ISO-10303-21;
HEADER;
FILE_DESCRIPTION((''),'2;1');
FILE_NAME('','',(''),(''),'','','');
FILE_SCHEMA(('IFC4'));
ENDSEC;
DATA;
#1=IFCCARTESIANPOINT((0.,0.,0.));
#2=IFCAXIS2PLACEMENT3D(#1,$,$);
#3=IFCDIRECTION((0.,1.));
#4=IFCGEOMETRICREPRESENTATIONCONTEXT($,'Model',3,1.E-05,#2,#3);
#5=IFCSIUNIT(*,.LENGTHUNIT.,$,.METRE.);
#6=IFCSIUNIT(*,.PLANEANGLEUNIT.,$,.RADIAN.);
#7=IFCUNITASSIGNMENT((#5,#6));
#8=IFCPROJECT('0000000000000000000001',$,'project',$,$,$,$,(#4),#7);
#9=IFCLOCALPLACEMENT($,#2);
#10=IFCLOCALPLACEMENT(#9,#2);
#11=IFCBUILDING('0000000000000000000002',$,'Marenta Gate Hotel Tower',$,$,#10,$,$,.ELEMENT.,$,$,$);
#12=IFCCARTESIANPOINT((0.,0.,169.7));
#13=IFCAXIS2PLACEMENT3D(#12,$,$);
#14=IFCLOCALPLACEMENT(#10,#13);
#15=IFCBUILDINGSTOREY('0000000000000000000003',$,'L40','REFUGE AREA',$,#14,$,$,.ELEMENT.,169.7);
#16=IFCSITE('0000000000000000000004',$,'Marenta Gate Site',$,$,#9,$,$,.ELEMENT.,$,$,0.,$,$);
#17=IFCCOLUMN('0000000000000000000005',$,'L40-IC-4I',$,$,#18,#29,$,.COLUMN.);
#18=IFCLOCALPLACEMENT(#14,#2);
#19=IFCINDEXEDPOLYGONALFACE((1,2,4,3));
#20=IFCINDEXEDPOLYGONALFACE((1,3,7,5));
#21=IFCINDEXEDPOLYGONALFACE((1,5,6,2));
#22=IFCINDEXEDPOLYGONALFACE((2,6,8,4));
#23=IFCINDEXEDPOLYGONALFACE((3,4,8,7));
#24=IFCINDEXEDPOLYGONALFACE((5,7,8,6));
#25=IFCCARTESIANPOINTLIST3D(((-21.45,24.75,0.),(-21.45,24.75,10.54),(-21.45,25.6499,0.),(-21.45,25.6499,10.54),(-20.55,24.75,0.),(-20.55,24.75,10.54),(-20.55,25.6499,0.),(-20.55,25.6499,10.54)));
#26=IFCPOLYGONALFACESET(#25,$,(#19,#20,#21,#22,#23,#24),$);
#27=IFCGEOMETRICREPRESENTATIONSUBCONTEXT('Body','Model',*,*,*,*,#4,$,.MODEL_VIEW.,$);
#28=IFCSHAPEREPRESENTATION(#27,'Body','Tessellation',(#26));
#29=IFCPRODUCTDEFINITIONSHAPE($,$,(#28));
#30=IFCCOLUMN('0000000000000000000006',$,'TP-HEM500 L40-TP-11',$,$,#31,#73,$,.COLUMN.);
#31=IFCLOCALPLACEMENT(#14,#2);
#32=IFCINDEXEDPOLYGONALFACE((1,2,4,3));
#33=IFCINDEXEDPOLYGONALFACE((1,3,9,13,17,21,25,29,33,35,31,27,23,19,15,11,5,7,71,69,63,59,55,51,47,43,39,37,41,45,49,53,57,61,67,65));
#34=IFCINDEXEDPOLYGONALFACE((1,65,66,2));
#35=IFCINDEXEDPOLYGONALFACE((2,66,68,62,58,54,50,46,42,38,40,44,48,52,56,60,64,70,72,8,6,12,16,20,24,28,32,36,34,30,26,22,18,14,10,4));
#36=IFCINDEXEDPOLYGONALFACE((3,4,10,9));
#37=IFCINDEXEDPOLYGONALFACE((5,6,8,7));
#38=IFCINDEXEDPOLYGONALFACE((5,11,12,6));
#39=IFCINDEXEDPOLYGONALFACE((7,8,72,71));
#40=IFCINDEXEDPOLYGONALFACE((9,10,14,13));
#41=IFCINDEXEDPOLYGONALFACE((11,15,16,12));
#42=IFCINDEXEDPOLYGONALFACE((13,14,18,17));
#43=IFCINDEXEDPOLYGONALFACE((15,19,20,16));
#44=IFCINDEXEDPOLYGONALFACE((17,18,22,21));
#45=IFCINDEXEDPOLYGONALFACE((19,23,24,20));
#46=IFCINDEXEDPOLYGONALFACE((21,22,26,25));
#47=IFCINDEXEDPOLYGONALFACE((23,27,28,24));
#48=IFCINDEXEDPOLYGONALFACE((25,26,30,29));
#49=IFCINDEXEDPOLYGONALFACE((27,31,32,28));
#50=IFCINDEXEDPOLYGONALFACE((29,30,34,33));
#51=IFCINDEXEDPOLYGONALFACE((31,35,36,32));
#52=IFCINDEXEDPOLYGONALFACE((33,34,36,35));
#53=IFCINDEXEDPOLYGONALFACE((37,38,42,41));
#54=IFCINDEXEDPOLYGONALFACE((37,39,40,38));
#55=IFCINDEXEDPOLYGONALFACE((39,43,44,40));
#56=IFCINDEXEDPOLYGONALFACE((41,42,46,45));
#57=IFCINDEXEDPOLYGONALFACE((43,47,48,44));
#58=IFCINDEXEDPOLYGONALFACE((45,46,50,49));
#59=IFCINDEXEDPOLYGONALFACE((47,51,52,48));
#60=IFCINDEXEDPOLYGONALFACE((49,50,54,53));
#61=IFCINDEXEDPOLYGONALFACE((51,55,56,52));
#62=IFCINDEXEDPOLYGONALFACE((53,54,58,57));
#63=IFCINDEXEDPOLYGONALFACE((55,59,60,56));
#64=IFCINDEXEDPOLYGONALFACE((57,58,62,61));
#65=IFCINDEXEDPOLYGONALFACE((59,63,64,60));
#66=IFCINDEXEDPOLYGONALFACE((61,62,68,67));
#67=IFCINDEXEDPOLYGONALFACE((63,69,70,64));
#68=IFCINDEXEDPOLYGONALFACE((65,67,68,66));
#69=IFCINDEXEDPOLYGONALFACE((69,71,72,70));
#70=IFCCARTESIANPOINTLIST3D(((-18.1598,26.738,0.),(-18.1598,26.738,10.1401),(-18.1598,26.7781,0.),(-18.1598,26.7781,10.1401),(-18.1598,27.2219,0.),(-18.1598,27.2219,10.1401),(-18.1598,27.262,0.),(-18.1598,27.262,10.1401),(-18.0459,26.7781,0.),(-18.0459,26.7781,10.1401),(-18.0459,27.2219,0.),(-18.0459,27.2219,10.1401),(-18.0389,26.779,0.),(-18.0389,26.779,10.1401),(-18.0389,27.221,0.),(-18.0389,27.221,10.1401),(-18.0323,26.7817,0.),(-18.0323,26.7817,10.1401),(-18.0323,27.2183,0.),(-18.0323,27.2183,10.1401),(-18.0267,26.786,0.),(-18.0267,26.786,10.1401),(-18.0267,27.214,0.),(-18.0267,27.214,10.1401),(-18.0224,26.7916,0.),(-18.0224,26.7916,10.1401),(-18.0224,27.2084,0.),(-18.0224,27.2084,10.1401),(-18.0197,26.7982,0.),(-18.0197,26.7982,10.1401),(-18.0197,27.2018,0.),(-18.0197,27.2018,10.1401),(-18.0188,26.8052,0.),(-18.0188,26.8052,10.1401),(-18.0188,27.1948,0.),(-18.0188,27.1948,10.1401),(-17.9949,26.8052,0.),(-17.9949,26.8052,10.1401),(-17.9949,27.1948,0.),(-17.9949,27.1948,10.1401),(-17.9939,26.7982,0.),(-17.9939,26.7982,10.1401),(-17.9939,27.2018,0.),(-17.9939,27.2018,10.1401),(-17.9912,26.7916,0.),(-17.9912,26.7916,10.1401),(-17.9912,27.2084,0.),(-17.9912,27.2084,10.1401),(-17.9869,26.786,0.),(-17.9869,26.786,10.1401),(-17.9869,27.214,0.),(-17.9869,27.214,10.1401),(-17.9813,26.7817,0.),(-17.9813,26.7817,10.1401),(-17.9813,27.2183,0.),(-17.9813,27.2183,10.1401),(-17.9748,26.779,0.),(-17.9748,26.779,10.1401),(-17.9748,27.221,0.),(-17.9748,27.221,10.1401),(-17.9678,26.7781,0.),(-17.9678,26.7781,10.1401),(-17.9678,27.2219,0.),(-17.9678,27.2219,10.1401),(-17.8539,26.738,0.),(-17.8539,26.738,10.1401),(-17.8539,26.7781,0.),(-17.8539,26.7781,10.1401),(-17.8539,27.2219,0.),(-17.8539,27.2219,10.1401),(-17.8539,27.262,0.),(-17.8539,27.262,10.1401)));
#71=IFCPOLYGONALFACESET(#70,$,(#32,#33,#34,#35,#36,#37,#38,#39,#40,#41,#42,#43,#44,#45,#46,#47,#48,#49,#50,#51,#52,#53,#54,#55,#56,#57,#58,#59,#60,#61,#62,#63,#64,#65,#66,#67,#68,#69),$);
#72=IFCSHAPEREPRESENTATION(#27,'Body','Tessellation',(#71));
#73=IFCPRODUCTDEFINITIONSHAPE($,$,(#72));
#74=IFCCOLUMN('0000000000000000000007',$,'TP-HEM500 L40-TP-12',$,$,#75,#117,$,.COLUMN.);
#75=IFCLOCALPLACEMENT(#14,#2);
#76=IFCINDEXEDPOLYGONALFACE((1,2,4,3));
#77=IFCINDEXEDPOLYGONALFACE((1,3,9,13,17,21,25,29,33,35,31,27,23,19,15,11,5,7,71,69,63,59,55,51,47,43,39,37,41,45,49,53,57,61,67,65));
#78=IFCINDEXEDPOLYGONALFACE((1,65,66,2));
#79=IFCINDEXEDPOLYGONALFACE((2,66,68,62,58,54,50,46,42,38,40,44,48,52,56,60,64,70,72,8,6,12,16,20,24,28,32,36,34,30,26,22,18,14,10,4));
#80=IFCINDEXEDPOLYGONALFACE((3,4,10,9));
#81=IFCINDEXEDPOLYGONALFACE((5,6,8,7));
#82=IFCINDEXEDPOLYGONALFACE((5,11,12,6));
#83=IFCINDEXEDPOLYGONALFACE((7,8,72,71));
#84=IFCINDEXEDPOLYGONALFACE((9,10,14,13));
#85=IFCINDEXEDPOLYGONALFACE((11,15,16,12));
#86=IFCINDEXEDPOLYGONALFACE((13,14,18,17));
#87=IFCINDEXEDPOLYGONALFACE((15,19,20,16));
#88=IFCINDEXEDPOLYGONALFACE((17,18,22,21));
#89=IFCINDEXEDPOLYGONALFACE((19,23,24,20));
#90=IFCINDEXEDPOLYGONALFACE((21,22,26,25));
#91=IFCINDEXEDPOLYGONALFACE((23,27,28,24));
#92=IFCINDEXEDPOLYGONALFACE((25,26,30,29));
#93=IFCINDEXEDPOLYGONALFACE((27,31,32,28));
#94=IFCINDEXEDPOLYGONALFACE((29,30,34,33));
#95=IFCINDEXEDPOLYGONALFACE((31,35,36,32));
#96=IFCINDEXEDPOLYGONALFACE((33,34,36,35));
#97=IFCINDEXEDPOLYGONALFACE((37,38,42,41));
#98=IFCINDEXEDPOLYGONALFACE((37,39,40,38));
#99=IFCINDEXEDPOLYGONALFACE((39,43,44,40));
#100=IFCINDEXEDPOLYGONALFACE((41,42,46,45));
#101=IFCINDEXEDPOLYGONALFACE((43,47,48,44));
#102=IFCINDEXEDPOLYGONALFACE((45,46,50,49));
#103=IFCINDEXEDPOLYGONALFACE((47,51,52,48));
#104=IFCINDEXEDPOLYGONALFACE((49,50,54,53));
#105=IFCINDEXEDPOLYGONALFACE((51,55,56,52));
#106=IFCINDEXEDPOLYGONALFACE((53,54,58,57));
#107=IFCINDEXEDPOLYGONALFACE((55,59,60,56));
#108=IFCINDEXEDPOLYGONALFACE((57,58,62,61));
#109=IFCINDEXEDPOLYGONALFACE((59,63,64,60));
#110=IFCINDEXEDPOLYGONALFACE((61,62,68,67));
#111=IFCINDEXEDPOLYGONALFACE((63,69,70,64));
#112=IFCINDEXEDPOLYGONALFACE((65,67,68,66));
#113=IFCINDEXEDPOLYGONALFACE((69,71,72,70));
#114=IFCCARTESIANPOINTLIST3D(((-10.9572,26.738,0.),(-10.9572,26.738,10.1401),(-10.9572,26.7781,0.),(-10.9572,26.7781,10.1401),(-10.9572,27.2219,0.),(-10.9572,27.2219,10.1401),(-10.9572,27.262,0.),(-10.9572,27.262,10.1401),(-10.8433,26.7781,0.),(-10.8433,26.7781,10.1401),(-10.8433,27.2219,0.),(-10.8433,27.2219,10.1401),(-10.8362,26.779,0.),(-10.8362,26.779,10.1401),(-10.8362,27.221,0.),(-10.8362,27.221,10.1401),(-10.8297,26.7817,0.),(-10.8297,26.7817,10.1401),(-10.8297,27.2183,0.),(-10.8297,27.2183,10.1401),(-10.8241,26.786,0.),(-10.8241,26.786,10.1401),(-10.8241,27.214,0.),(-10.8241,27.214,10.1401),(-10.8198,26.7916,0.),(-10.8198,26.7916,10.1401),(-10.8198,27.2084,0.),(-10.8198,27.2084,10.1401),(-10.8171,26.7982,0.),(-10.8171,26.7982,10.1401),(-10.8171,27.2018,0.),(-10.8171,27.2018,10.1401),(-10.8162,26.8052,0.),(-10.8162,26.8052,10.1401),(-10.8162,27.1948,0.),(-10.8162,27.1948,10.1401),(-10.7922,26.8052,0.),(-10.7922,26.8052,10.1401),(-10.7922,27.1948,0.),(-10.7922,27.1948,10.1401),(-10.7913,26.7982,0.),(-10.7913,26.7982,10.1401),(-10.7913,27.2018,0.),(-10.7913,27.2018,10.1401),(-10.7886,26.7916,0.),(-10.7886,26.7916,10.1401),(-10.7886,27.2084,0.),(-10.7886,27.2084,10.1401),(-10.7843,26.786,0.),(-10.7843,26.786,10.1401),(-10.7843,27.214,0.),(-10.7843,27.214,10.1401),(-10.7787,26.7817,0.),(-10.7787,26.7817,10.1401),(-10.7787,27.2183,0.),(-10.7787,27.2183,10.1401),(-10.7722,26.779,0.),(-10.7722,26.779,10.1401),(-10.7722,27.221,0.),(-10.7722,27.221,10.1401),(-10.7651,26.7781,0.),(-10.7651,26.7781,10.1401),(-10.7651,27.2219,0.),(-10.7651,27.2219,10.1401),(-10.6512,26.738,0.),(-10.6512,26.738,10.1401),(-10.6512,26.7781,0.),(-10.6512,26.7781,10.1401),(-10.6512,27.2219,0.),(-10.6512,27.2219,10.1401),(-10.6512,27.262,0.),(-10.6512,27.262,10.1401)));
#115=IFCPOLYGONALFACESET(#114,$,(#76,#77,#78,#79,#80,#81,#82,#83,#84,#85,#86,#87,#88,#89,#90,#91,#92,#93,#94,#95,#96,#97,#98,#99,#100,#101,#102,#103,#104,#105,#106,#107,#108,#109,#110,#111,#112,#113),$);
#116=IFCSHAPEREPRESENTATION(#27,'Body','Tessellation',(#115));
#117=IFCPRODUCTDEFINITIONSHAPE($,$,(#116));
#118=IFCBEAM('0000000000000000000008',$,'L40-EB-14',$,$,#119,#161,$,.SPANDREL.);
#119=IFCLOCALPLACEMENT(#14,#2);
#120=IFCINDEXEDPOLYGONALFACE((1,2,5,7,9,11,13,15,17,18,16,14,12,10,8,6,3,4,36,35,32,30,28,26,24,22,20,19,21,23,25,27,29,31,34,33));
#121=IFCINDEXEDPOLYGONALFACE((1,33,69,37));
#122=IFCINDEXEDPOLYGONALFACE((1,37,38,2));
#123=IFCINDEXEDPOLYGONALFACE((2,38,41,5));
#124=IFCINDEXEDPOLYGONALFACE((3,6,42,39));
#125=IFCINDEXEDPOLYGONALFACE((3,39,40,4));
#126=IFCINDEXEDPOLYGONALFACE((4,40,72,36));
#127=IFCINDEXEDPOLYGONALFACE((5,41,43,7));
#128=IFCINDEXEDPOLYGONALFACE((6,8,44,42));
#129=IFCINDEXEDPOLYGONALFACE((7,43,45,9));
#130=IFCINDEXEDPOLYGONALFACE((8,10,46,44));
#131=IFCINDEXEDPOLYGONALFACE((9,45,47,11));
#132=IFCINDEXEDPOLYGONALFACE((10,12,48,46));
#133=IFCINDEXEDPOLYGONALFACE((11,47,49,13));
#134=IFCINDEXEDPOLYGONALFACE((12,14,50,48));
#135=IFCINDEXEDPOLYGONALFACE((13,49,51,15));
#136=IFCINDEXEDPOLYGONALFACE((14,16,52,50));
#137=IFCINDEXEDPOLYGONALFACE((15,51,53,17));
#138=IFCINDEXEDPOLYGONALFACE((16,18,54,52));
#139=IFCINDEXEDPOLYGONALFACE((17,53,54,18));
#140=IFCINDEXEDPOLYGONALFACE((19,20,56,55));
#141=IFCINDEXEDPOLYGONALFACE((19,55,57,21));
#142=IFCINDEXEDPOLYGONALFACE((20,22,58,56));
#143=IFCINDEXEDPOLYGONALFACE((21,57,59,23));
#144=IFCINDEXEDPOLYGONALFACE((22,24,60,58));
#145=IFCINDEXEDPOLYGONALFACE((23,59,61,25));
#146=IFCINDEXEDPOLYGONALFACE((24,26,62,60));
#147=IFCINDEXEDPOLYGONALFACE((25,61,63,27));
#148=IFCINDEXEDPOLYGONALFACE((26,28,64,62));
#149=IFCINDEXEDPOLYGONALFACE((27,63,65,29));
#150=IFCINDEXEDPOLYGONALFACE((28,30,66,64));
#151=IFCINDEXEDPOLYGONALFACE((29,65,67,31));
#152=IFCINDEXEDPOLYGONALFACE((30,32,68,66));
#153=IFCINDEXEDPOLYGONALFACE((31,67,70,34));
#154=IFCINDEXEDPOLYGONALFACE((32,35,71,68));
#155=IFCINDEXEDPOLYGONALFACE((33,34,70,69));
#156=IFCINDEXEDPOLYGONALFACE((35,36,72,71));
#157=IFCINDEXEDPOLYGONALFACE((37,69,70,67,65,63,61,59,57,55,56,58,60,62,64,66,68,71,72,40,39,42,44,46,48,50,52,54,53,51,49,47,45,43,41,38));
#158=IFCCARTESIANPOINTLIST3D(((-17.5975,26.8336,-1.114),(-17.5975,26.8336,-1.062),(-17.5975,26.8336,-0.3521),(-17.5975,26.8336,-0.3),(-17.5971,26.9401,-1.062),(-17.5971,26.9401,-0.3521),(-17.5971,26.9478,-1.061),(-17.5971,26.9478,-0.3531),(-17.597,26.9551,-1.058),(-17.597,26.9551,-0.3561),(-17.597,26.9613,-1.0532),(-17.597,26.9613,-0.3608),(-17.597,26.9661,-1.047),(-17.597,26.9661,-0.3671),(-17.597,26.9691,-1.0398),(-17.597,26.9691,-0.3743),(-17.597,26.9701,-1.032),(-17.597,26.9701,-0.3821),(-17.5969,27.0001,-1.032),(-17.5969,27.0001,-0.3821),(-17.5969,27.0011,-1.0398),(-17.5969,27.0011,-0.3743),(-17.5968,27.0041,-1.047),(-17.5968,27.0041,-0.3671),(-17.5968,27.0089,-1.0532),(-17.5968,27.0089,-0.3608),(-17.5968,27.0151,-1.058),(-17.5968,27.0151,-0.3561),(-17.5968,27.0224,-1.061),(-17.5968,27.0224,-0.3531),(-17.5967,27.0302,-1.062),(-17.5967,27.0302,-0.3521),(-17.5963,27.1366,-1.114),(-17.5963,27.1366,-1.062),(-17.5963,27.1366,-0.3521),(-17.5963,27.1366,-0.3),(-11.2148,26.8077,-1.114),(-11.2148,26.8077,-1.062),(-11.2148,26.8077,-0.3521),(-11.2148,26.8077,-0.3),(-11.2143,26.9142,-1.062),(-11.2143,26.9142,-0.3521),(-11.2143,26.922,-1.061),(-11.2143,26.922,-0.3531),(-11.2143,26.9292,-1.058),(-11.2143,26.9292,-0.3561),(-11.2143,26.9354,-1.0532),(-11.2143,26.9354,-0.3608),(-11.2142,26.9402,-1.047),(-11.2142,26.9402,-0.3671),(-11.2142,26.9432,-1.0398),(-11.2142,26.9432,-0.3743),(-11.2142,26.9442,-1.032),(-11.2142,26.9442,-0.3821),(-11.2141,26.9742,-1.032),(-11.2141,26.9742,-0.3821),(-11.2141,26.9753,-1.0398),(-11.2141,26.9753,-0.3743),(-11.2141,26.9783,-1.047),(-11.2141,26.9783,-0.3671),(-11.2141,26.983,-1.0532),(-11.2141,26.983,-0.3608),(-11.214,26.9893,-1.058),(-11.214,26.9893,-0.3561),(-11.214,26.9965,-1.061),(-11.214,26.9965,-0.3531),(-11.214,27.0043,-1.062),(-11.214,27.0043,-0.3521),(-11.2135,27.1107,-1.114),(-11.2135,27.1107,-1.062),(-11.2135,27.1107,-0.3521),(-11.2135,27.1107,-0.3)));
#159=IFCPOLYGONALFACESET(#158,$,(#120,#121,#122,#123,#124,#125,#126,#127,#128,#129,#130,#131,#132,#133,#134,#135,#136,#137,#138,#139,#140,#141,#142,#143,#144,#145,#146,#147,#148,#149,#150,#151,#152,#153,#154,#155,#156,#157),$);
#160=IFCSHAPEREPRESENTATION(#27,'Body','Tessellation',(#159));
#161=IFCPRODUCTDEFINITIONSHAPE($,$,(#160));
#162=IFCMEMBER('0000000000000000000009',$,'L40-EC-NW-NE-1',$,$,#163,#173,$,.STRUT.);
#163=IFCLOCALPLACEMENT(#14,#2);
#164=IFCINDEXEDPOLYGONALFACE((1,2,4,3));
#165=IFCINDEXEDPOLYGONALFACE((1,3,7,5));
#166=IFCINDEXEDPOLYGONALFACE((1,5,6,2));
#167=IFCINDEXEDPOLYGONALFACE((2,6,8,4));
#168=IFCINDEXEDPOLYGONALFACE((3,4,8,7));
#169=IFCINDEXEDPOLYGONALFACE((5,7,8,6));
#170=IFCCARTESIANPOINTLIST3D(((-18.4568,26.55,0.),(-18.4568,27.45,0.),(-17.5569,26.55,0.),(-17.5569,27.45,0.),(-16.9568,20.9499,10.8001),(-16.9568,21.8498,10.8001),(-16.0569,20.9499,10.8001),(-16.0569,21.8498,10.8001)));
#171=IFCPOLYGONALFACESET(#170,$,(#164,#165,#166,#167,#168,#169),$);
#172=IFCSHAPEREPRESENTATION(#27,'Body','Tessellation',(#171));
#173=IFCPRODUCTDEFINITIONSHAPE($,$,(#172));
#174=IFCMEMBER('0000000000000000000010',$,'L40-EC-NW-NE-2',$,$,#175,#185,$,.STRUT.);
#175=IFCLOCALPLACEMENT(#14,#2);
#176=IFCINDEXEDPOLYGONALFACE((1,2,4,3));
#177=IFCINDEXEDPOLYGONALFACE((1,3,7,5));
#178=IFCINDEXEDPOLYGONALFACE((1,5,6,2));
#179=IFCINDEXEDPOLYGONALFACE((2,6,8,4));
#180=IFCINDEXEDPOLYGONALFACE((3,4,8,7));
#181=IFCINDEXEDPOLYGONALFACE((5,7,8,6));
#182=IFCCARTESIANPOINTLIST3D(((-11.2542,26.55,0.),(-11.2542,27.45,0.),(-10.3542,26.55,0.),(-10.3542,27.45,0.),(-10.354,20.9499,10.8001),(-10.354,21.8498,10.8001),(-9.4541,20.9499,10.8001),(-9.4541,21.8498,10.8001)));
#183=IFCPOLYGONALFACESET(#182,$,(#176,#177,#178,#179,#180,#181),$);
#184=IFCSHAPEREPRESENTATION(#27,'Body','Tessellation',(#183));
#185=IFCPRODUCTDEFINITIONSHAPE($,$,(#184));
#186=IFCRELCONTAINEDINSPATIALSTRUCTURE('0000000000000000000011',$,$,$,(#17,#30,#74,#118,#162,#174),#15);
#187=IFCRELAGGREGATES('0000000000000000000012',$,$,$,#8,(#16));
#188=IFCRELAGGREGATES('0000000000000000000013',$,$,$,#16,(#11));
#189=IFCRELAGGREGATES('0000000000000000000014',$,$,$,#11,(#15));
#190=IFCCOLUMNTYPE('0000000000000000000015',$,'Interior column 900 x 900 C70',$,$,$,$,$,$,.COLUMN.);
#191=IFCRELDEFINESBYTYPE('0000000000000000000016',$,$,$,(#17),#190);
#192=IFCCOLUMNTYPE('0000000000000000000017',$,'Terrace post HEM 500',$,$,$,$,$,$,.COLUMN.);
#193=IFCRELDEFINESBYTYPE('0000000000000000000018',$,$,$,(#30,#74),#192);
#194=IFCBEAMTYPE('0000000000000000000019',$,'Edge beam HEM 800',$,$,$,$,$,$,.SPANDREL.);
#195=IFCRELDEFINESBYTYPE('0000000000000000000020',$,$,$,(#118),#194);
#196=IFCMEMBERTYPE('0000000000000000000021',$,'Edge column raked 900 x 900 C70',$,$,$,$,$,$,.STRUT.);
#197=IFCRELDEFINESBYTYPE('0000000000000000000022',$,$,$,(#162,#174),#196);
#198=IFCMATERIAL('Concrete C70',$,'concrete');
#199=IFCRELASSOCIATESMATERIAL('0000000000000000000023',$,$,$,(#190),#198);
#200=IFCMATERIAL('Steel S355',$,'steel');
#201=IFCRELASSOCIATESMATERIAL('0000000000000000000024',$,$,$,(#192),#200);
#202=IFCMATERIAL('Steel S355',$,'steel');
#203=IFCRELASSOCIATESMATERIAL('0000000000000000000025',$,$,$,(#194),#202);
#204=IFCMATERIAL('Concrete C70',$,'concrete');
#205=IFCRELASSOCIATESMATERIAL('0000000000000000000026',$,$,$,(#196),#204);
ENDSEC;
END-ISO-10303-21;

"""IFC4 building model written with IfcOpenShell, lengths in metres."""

from ifc_helpers import new_model, si_unit, direction, frame, origin, origin_2d, place, context, subcontext, project, spatial, rectangle, i_section, extrude, material, material_profile, profile_set, type_object, element, save


model = new_model("IFC4")

# Units and contexts
model_context = context("Model", 3, precision=1e-05, world=origin(), true_north=direction((0.0, 1.0)))
body_context = subcontext(model_context, "Body", "Model", "MODEL_VIEW")
ifc_project = project(units=[si_unit("LENGTHUNIT", "METRE"), si_unit("PLANEANGLEUNIT", "RADIAN")], contexts=[model_context])

# Site, building, storey
site_placement = place(None, origin())
site = spatial("IfcSite", under=ifc_project, at=site_placement, Name="Marenta Gate Site", CompositionType="ELEMENT", RefElevation=0.0)
building_placement = place(site_placement, origin())
building = spatial("IfcBuilding", under=site, at=building_placement, Name="Marenta Gate Hotel Tower", CompositionType="ELEMENT")
storey_placement = place(building_placement, frame((0.0, 0.0, 169.7)))
storey = spatial("IfcBuildingStorey", under=building, at=storey_placement, Name="L40", Description="REFUGE AREA", CompositionType="ELEMENT", Elevation=169.7)

# Columns
ifc_material_1 = material(Name="Concrete C70", Category="concrete")
ifc_material_profile_1 = material_profile(ifc_material_1, rectangle(XDim=0.8999, YDim=0.8999, at=origin_2d()), Name="900 x 900")
ifc_profile_set_1 = profile_set([ifc_material_profile_1], Name="Concrete C70")
column_type_1 = type_object("IfcColumnType", Name="Interior column 900 x 900 C70", PredefinedType="COLUMN", material=ifc_profile_set_1)
column_placement = place(storey_placement, frame((-21.0, 25.2, 0.0), z_axis=(0.0, 0.0, 1.0), x_axis=(1.0, 0.0, 0.0)))
element("IfcColumn", 1, at=column_placement, inside=storey, type_object=column_type_1, Name="L40-IC-4I", PredefinedType="COLUMN", context=body_context, shape_type="SweptSolid", body=[
    extrude(rectangle(XDim=0.8999, YDim=0.8999, at=origin_2d()), origin(), (0.0, 0.0, 1.0), 10.54),
])
ifc_material_2 = material(Name="Steel S355", Category="steel")
ifc_material_profile_2 = material_profile(ifc_material_2, i_section(OverallWidth=0.3059, OverallDepth=0.5239, WebThickness=0.0239, FlangeThickness=0.04, FilletRadius=0.0271, at=origin_2d()), Name="HEM 500")
ifc_profile_set_2 = profile_set([ifc_material_profile_2], Name="Steel S355")
column_type_2 = type_object("IfcColumnType", Name="Terrace post HEM 500", PredefinedType="COLUMN", material=ifc_profile_set_2)
for number, where, z_axis, x_axis, name in (
    (2, (-18.0068, 27.0, 0.0), (0.0, 0.0, 1.0), (1.0, 0.0, 0.0), "TP-HEM500 L40-TP-11"),
    (3, (-10.8042, 27.0, 0.0), (0.0, 0.0, 1.0), (1.0, 0.0, 0.0), "TP-HEM500 L40-TP-12"),
):
    element("IfcColumn", number, at=place(storey_placement, frame(where, z_axis=z_axis, x_axis=x_axis)), inside=storey, type_object=column_type_2, Name=name, PredefinedType="COLUMN", context=body_context, shape_type="SweptSolid", body=[
        extrude(i_section(OverallWidth=0.3059, OverallDepth=0.5239, WebThickness=0.0239, FlangeThickness=0.04, FilletRadius=0.0271, at=origin_2d()), origin(), (0.0, 0.0, 1.0), 10.1401),
    ])

# Beam
ifc_material_3 = material(Name="Steel S355", Category="steel")
ifc_material_profile_3 = material_profile(ifc_material_3, i_section(OverallWidth=0.303, OverallDepth=0.814, WebThickness=0.03, FlangeThickness=0.052, FilletRadius=0.03, at=origin_2d()), Name="HEM 800")
ifc_profile_set_3 = profile_set([ifc_material_profile_3], Name="Steel S355")
beam_type_1 = type_object("IfcBeamType", Name="Edge beam HEM 800", PredefinedType="SPANDREL", material=ifc_profile_set_3)
beam_1_placement = place(storey_placement, frame((-17.5969, 26.9851, -0.707), z_axis=(0.999992, -0.004054, 0.0), x_axis=(0.004054, 0.999992, 0.0)))
element("IfcBeam", 4, at=beam_1_placement, inside=storey, type_object=beam_type_1, Name="L40-EB-14", PredefinedType="SPANDREL", context=body_context, shape_type="SweptSolid", body=[
    extrude(i_section(OverallWidth=0.303, OverallDepth=0.814, WebThickness=0.03, FlangeThickness=0.052, FilletRadius=0.03, at=origin_2d()), origin(), (0.0, 0.0, 1.0), 6.3828),
])

# Members
ifc_material_4 = material(Name="Concrete C70", Category="concrete")
ifc_material_profile_4 = material_profile(ifc_material_4, rectangle(XDim=0.8999, YDim=0.8999, at=origin_2d()), Name="900 x 900")
ifc_profile_set_4 = profile_set([ifc_material_profile_4], Name="Concrete C70")
member_type = type_object("IfcMemberType", Name="Edge column raked 900 x 900 C70", PredefinedType="STRUT", material=ifc_profile_set_4)
member_1_placement = place(storey_placement, frame((-18.0068, 27.0, 0.0), z_axis=(0.0, 0.0, 1.0), x_axis=(1.0, 0.0, 0.0)))
element("IfcMember", 5, at=member_1_placement, inside=storey, type_object=member_type, Name="L40-EC-NW-NE-1", PredefinedType="STRUT", context=body_context, shape_type="SweptSolid", body=[
    extrude(rectangle(XDim=0.8999, YDim=0.8999, at=origin_2d()), origin(), (0.122372, -0.456862, 0.88108), 12.2578),
])
member_2_placement = place(storey_placement, frame((-10.8042, 27.0, 0.0), z_axis=(0.0, 0.0, 1.0), x_axis=(1.0, 0.0, 0.0)))
element("IfcMember", 6, at=member_2_placement, inside=storey, type_object=member_type, Name="L40-EC-NW-NE-2", PredefinedType="STRUT", context=body_context, shape_type="SweptSolid", body=[
    extrude(rectangle(XDim=0.8999, YDim=0.8999, at=origin_2d()), origin(), (0.073789, -0.459067, 0.885332), 12.199),
])

save(model, "model.ifc")
